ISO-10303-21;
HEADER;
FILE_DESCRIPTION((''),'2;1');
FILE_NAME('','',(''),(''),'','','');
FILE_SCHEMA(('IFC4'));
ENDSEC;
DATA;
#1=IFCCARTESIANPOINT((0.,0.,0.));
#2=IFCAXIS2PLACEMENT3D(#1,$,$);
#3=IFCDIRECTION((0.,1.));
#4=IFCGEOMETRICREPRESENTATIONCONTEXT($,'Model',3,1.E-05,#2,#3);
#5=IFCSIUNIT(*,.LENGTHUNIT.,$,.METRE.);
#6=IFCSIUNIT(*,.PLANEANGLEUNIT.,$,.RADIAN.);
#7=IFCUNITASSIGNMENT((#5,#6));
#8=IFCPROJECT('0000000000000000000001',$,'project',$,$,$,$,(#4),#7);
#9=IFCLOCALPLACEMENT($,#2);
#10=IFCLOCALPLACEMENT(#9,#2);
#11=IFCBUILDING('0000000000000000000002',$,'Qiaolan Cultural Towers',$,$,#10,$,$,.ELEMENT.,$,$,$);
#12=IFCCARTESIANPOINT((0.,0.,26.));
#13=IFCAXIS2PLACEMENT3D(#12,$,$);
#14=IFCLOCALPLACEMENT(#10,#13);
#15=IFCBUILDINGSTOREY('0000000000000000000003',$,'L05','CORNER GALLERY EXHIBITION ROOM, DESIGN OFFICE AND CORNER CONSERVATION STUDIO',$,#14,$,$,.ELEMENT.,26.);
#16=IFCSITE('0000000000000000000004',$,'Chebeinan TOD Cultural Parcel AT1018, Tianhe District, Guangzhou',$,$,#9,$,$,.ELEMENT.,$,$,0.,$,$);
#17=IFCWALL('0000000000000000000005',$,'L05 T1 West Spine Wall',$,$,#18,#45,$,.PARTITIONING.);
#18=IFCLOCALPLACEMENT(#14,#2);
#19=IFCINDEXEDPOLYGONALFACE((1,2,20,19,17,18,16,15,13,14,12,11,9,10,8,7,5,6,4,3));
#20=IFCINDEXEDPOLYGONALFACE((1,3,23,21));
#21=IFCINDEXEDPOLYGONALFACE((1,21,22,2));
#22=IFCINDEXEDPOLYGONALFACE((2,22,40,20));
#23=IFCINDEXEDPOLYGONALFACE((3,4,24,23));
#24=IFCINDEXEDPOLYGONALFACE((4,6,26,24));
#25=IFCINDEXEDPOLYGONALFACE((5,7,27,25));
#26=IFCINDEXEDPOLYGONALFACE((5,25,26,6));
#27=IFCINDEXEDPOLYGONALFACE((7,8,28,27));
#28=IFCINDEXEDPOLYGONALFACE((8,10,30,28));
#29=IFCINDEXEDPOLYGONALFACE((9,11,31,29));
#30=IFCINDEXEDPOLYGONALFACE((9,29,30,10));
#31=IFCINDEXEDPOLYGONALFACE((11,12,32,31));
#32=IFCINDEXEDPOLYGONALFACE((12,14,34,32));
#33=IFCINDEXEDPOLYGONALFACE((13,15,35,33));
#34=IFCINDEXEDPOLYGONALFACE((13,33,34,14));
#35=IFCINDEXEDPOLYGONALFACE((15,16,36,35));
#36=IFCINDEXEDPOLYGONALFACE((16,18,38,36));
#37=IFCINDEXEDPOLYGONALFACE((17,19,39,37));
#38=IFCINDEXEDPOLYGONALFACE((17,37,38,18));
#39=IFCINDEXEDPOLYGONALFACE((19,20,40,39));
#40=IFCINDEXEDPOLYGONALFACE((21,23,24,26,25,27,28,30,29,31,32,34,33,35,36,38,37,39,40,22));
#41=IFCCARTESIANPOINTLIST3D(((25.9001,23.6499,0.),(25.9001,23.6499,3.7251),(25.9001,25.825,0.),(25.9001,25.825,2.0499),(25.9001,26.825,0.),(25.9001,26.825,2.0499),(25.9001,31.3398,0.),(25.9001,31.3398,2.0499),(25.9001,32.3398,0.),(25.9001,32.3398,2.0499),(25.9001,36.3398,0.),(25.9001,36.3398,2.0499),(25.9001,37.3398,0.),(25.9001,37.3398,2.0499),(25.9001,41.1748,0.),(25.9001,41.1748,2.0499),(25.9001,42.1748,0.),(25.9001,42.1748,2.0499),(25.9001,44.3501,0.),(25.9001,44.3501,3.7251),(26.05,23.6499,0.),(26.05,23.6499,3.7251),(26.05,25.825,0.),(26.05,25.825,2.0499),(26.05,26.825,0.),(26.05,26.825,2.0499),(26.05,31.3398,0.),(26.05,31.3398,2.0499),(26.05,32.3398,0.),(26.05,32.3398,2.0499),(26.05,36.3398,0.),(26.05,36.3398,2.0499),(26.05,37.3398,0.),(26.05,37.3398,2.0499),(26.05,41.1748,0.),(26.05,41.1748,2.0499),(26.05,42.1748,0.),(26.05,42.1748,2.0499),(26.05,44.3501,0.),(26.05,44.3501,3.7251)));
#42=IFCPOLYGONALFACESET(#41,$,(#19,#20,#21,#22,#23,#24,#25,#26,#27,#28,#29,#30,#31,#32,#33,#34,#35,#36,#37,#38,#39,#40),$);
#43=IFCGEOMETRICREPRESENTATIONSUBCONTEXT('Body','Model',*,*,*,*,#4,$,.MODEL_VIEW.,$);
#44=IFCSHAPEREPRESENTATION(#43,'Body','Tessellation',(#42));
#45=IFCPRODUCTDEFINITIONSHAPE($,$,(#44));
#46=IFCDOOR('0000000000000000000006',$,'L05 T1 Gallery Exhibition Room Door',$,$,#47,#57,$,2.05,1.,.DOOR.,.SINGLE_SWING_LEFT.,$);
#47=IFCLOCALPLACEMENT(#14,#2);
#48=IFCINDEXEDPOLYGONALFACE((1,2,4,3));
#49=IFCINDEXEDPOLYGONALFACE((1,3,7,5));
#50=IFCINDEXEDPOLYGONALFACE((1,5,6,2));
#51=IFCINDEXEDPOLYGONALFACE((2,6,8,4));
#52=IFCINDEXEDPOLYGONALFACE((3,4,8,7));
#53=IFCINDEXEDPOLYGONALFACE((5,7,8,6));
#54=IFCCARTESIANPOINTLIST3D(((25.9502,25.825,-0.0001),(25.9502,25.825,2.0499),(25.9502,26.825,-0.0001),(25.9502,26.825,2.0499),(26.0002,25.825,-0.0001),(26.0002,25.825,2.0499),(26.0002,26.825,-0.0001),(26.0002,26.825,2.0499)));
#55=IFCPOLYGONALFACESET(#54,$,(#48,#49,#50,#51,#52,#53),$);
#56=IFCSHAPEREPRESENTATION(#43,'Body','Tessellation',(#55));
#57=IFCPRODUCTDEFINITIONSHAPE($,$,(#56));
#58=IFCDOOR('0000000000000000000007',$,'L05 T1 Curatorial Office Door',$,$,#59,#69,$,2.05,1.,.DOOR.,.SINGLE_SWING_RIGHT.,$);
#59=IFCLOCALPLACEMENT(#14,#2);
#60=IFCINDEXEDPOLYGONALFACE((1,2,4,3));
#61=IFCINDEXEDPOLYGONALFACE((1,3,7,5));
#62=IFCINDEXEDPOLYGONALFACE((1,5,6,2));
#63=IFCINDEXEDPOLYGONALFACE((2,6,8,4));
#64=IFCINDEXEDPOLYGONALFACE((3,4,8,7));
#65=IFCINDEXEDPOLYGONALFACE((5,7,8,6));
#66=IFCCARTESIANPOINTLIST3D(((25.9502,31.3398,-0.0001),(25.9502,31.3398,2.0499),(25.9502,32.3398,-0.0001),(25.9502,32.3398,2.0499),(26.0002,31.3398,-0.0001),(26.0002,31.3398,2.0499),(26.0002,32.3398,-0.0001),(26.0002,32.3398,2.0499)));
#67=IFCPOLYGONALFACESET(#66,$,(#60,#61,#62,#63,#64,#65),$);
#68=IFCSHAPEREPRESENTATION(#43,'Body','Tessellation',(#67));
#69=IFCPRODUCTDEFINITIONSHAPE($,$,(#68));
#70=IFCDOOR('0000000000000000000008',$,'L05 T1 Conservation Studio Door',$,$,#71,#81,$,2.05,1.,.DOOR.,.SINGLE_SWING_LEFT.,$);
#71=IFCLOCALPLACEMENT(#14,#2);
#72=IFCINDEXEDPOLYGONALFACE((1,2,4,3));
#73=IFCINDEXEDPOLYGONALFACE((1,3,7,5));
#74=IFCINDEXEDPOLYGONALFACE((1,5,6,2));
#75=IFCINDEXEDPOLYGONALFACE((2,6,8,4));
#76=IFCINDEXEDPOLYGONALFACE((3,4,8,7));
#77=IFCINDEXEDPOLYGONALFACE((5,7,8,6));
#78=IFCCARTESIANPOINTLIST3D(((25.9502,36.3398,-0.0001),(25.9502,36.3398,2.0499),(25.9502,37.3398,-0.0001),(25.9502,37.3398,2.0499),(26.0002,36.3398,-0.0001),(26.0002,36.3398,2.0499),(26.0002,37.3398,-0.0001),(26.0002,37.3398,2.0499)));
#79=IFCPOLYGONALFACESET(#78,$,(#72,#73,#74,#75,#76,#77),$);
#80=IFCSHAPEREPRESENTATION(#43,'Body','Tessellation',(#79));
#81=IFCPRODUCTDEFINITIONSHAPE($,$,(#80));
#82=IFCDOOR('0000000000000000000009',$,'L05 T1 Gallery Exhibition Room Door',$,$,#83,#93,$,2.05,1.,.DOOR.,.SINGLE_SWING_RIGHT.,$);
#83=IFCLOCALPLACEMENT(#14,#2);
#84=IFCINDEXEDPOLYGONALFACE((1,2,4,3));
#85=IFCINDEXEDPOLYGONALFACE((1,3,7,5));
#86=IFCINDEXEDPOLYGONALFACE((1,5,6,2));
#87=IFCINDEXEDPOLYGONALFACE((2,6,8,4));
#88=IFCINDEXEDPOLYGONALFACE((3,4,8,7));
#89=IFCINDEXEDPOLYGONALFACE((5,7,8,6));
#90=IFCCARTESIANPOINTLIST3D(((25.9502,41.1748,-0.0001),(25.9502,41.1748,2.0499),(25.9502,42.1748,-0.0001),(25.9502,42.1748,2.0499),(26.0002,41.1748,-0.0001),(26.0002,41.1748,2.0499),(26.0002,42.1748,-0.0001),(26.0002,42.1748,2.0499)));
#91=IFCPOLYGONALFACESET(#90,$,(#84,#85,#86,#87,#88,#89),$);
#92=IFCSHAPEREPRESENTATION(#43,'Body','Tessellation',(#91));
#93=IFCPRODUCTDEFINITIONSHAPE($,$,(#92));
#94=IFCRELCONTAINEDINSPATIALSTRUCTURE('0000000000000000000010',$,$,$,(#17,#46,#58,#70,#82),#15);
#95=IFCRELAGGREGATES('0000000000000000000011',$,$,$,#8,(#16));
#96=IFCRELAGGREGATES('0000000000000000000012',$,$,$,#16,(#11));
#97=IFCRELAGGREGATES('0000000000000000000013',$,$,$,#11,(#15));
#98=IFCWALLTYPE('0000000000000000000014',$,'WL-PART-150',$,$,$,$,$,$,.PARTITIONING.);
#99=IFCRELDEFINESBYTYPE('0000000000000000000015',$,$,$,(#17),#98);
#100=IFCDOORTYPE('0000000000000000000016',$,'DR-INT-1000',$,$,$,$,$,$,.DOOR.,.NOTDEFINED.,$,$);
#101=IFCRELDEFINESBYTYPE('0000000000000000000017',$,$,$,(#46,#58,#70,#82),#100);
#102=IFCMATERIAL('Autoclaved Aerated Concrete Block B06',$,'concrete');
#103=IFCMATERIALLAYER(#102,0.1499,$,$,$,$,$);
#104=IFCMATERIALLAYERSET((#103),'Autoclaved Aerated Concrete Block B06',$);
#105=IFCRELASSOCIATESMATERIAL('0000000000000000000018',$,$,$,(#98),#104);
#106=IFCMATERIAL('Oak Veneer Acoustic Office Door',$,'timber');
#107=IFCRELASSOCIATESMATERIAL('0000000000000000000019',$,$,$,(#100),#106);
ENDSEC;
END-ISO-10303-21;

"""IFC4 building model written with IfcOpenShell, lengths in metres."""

from ifc_helpers import new_model, si_unit, direction, frame, frame_2d, origin, place, context, subcontext, project, spatial, rectangle, extrude, material, layer, layer_set, type_object, element, fill, save


model = new_model("IFC4")

# Units and contexts
model_context = context("Model", 3, precision=1e-05, world=origin(), true_north=direction((0.0, 1.0)))
body_context = subcontext(model_context, "Body", "Model", "MODEL_VIEW")
ifc_project = project(units=[si_unit("LENGTHUNIT", "METRE"), si_unit("PLANEANGLEUNIT", "RADIAN")], contexts=[model_context])

# Site, building, storey
site_placement = place(None, origin())
site = spatial("IfcSite", under=ifc_project, at=site_placement, Name="Chebeinan TOD Cultural Parcel AT1018, Tianhe District, Guangzhou", CompositionType="ELEMENT", RefElevation=0.0)
building_placement = place(site_placement, origin())
building = spatial("IfcBuilding", under=site, at=building_placement, Name="Qiaolan Cultural Towers", CompositionType="ELEMENT")
storey_placement = place(building_placement, frame((0.0, 0.0, 26.0)))
storey = spatial("IfcBuildingStorey", under=building, at=storey_placement, Name="L05", Description="CORNER GALLERY EXHIBITION ROOM, DESIGN OFFICE AND CORNER CONSERVATION STUDIO", CompositionType="ELEMENT", Elevation=26.0)

# Shared definitions
ifc_material_1 = material(Name="Autoclaved Aerated Concrete Block B06", Category="concrete")
ifc_layer_1 = layer(ifc_material_1, 0.1499)
ifc_layer_set_1 = layer_set([ifc_layer_1], Name="Autoclaved Aerated Concrete Block B06")
wall_type_1 = type_object("IfcWallType", Name="WL-PART-150", PredefinedType="PARTITIONING", material=ifc_layer_set_1)

# Wall, openings, doors
wall_1_placement = place(storey_placement, frame((25.9751, 23.6499, 0.0), z_axis=(0.0, 0.0, 1.0), x_axis=(0.0, 1.0, 0.0)))
wall_1 = element("IfcWall", 1, at=wall_1_placement, inside=storey, type_object=wall_type_1, Name="L05 T1 West Spine Wall", PredefinedType="PARTITIONING", context=body_context, shape_type="SweptSolid", body=[
    extrude(rectangle(XDim=20.7002, YDim=0.1499, at=frame_2d((10.3501, 0.0))), origin(), (0.0, 0.0, 1.0), 3.7251),
])
opening_1_placement = place(wall_1_placement, frame((2.175, 0.0, 0.0)))
opening_1 = element("IfcOpeningElement", 2, at=opening_1_placement, cuts=wall_1, PredefinedType="OPENING", context=body_context, shape_type="SweptSolid", body=[
    extrude(rectangle(XDim=1.0, YDim=2.05, at=frame_2d((0.5, 1.0249))), frame((0.0, 0.085, 0.0), z_axis=(0.0, -1.0, 0.0), x_axis=(1.0, 0.0, 0.0)), (0.0, 0.0, 1.0), 0.1699),
])
opening_2_placement = place(wall_1_placement, frame((7.6899, 0.0, 0.0)))
opening_2 = element("IfcOpeningElement", 3, at=opening_2_placement, cuts=wall_1, PredefinedType="OPENING", context=body_context, shape_type="SweptSolid", body=[
    extrude(rectangle(XDim=1.0, YDim=2.05, at=frame_2d((0.5, 1.0249))), frame((0.0, 0.085, 0.0), z_axis=(0.0, -1.0, 0.0), x_axis=(1.0, 0.0, 0.0)), (0.0, 0.0, 1.0), 0.1699),
])
opening_3_placement = place(wall_1_placement, frame((12.6899, 0.0, 0.0)))
opening_3 = element("IfcOpeningElement", 4, at=opening_3_placement, cuts=wall_1, PredefinedType="OPENING", context=body_context, shape_type="SweptSolid", body=[
    extrude(rectangle(XDim=1.0, YDim=2.05, at=frame_2d((0.5, 1.0249))), frame((0.0, 0.085, 0.0), z_axis=(0.0, -1.0, 0.0), x_axis=(1.0, 0.0, 0.0)), (0.0, 0.0, 1.0), 0.1699),
])
opening_4_placement = place(wall_1_placement, frame((17.5249, 0.0, 0.0)))
opening_4 = element("IfcOpeningElement", 5, at=opening_4_placement, cuts=wall_1, PredefinedType="OPENING", context=body_context, shape_type="SweptSolid", body=[
    extrude(rectangle(XDim=1.0, YDim=2.05, at=frame_2d((0.5, 1.0249))), frame((0.0, 0.085, 0.0), z_axis=(0.0, -1.0, 0.0), x_axis=(1.0, 0.0, 0.0)), (0.0, 0.0, 1.0), 0.1699),
])
ifc_material_2 = material(Name="Oak Veneer Acoustic Office Door", Category="timber")
door_type_1 = type_object("IfcDoorType", Name="DR-INT-1000", OperationType="NOTDEFINED", PredefinedType="DOOR", material=ifc_material_2)
door_1_placement = place(opening_1_placement, origin())
door_1 = element("IfcDoor", 6, at=door_1_placement, inside=storey, type_object=door_type_1, Name="L05 T1 Gallery Exhibition Room Door", OperationType="SINGLE_SWING_LEFT", OverallHeight=2.05, OverallWidth=1.0, PredefinedType="DOOR", context=body_context, shape_type="SweptSolid", body=[
    extrude(rectangle(XDim=1.0, YDim=2.05, at=frame_2d((0.5, 1.0249))), frame((0.0, 0.0249, 0.0), z_axis=(0.0, -1.0, 0.0), x_axis=(1.0, 0.0, 0.0)), (0.0, 0.0, 1.0), 0.05),
])
fill(opening_1, door_1)
door_2_placement = place(opening_2_placement, origin())
door_2 = element("IfcDoor", 7, at=door_2_placement, inside=storey, type_object=door_type_1, Name="L05 T1 Curatorial Office Door", OperationType="SINGLE_SWING_RIGHT", OverallHeight=2.05, OverallWidth=1.0, PredefinedType="DOOR", context=body_context, shape_type="SweptSolid", body=[
    extrude(rectangle(XDim=1.0, YDim=2.05, at=frame_2d((0.5, 1.0249))), frame((0.0, 0.0249, 0.0), z_axis=(0.0, -1.0, 0.0), x_axis=(1.0, 0.0, 0.0)), (0.0, 0.0, 1.0), 0.05),
])
fill(opening_2, door_2)
door_3_placement = place(opening_3_placement, origin())
door_3 = element("IfcDoor", 8, at=door_3_placement, inside=storey, type_object=door_type_1, Name="L05 T1 Conservation Studio Door", OperationType="SINGLE_SWING_LEFT", OverallHeight=2.05, OverallWidth=1.0, PredefinedType="DOOR", context=body_context, shape_type="SweptSolid", body=[
    extrude(rectangle(XDim=1.0, YDim=2.05, at=frame_2d((0.5, 1.0249))), frame((0.0, 0.0249, 0.0), z_axis=(0.0, -1.0, 0.0), x_axis=(1.0, 0.0, 0.0)), (0.0, 0.0, 1.0), 0.05),
])
fill(opening_3, door_3)
door_4_placement = place(opening_4_placement, origin())
door_4 = element("IfcDoor", 9, at=door_4_placement, inside=storey, type_object=door_type_1, Name="L05 T1 Gallery Exhibition Room Door", OperationType="SINGLE_SWING_RIGHT", OverallHeight=2.05, OverallWidth=1.0, PredefinedType="DOOR", context=body_context, shape_type="SweptSolid", body=[
    extrude(rectangle(XDim=1.0, YDim=2.05, at=frame_2d((0.5, 1.0249))), frame((0.0, 0.0249, 0.0), z_axis=(0.0, -1.0, 0.0), x_axis=(1.0, 0.0, 0.0)), (0.0, 0.0, 1.0), 0.05),
])
fill(opening_4, door_4)

save(model, "model.ifc")
